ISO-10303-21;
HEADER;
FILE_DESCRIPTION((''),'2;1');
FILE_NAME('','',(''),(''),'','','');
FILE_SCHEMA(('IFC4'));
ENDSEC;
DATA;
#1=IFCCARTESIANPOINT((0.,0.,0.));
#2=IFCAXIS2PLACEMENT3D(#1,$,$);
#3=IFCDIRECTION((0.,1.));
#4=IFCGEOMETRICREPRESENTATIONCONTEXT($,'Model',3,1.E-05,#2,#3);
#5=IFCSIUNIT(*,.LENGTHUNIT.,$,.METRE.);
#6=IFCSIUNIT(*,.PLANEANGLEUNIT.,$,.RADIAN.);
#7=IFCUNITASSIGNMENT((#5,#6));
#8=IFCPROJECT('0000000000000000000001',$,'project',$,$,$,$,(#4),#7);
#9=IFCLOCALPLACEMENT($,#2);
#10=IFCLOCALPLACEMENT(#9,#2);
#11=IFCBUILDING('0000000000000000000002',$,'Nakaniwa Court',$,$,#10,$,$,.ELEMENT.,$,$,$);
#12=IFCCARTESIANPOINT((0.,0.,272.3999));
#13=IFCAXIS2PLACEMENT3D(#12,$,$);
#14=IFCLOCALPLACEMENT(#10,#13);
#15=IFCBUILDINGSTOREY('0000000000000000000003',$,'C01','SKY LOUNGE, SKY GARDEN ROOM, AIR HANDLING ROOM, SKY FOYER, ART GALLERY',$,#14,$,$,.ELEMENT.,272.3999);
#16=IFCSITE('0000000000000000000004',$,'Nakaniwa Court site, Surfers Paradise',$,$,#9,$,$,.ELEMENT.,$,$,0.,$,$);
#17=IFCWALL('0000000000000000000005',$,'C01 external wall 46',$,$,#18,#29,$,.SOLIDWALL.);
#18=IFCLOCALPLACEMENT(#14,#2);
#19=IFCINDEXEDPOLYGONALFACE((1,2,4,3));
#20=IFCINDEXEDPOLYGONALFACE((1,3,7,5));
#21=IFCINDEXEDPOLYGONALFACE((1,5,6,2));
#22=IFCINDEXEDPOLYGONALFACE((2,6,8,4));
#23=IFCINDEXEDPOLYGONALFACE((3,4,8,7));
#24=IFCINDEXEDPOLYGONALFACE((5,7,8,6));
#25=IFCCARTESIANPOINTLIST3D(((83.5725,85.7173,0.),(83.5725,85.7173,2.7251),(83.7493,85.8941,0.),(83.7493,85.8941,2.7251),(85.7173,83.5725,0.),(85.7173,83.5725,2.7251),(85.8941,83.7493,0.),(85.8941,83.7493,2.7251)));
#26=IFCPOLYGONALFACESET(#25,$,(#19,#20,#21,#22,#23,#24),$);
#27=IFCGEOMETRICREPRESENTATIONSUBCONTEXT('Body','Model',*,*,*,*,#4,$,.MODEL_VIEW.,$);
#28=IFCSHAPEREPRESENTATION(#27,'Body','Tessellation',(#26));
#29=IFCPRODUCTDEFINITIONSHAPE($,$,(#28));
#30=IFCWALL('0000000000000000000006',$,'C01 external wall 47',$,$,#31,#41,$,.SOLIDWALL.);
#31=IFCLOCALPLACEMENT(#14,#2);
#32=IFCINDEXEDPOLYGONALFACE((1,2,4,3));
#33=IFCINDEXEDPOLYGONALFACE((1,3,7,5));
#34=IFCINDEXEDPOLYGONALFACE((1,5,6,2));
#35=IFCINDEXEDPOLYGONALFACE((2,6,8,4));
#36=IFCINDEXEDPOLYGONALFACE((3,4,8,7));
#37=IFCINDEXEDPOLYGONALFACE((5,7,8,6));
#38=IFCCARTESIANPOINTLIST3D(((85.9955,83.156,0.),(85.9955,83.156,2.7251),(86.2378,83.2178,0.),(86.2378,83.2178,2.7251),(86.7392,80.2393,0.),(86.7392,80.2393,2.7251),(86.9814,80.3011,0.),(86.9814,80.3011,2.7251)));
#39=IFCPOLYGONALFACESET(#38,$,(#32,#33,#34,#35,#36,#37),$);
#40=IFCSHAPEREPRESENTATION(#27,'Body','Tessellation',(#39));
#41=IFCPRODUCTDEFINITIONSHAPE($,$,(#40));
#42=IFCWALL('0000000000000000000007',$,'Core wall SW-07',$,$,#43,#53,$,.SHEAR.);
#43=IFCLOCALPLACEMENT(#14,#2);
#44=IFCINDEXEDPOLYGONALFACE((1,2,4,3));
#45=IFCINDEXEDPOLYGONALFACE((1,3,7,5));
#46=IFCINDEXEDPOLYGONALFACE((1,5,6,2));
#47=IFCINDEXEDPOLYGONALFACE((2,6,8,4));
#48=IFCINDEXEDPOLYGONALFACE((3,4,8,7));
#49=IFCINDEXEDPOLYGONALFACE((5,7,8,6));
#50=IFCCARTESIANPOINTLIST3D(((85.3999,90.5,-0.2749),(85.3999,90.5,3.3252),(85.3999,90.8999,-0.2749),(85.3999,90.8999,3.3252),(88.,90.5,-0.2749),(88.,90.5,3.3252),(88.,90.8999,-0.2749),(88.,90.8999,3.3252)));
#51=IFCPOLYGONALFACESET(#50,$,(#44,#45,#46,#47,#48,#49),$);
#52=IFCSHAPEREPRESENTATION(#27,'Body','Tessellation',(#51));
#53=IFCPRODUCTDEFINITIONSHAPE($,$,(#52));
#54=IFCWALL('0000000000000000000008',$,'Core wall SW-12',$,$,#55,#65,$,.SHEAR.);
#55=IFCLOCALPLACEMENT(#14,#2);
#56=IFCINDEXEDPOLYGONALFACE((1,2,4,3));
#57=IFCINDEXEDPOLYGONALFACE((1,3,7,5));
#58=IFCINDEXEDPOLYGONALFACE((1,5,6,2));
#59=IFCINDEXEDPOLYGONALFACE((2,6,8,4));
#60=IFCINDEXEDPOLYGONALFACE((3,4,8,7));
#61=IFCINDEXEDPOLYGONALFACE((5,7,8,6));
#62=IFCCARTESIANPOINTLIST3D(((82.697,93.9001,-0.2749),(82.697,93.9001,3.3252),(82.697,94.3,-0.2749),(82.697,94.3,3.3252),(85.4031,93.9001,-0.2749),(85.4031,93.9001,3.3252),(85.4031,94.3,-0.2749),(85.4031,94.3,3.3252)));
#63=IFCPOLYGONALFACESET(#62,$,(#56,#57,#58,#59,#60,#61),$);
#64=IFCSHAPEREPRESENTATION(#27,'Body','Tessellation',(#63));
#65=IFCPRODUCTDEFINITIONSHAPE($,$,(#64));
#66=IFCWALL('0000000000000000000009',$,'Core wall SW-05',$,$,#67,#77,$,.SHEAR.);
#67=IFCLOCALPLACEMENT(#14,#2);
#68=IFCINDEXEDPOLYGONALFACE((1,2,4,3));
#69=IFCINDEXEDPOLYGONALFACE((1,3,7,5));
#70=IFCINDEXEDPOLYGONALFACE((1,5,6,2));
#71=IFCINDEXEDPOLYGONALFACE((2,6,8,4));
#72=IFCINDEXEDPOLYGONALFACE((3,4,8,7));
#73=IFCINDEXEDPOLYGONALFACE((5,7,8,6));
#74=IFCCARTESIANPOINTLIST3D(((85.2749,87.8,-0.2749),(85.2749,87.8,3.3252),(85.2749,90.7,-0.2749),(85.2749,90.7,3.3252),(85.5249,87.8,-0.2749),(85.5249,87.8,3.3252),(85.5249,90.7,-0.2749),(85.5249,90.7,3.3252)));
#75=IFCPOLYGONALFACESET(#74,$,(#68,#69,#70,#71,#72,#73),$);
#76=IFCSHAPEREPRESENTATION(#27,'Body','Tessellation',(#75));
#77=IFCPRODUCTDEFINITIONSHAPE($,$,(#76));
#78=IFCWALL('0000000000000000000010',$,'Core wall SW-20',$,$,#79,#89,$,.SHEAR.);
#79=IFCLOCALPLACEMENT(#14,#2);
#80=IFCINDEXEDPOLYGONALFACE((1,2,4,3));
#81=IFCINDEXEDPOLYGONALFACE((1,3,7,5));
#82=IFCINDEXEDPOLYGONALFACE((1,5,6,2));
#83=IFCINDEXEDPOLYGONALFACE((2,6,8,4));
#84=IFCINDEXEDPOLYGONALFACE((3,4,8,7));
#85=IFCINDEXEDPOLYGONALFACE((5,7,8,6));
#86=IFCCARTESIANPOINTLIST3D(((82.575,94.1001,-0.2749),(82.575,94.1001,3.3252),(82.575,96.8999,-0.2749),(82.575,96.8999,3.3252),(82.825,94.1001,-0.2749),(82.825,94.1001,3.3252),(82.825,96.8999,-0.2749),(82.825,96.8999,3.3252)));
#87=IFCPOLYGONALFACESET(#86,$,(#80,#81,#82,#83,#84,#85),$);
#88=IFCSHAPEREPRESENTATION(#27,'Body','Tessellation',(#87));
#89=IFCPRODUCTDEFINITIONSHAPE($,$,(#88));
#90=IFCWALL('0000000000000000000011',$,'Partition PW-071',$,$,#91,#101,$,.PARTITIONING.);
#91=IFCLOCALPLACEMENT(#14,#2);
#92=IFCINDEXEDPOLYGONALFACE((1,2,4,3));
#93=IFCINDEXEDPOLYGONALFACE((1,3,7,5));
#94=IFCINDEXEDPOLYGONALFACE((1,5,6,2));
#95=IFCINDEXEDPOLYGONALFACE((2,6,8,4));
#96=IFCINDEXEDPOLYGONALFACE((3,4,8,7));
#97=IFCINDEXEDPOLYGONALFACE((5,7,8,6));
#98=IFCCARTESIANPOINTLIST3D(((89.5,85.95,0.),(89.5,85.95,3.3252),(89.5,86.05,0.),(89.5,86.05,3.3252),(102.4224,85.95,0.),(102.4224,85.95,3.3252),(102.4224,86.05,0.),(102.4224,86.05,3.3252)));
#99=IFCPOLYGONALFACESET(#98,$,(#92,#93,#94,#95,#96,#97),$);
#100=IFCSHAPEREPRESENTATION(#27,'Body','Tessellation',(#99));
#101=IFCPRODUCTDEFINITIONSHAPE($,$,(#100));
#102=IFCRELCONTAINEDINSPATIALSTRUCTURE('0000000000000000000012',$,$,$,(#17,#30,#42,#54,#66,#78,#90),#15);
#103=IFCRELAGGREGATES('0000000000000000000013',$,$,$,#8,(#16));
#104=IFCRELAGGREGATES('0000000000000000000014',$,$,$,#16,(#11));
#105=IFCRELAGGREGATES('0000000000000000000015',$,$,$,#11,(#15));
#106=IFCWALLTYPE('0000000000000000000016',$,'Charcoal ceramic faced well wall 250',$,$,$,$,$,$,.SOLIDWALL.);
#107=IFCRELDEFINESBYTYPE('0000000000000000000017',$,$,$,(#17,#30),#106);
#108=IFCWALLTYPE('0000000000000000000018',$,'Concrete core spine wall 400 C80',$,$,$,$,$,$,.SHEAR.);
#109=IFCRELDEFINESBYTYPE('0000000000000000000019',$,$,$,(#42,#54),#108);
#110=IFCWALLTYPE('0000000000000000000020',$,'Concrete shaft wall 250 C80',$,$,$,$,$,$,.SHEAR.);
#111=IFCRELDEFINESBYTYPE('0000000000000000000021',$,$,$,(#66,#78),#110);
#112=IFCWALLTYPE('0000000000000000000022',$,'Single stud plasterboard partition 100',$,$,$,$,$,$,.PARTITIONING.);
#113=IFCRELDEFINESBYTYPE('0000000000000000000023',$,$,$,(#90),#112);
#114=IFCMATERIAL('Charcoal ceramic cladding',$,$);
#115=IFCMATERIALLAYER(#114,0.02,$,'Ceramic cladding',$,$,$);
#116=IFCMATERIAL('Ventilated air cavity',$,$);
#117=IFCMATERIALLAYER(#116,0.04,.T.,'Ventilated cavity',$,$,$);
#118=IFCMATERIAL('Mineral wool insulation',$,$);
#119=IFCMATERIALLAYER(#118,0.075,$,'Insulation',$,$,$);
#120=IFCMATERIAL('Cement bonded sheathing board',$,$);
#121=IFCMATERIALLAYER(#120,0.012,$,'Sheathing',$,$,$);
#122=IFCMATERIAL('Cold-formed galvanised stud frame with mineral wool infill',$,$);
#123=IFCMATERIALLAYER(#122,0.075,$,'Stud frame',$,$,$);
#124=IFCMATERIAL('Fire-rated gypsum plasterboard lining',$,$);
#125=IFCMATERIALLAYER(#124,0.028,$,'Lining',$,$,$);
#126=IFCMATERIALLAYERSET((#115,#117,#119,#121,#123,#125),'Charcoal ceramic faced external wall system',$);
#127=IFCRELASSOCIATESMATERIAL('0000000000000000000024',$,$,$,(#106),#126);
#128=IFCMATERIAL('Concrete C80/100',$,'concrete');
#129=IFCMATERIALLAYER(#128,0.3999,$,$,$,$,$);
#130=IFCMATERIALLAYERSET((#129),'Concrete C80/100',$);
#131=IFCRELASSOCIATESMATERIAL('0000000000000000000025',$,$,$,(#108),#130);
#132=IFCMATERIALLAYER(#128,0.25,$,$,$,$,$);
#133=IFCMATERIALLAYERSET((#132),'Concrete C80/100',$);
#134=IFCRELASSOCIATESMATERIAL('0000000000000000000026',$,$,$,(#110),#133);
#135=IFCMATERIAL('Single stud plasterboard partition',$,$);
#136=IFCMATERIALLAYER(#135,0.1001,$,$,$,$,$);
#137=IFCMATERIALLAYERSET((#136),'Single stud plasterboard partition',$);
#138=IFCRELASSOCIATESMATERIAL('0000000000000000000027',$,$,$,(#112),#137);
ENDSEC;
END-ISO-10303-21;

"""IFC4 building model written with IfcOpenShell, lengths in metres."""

from ifc_helpers import new_model, si_unit, direction, frame, frame_2d, origin, place, context, subcontext, project, spatial, rectangle, extrude, material, layer, layer_set, type_object, element, save


model = new_model("IFC4")

# Units and contexts
model_context = context("Model", 3, precision=1e-05, world=origin(), true_north=direction((0.0, 1.0)))
body_context = subcontext(model_context, "Body", "Model", "MODEL_VIEW")
ifc_project = project(units=[si_unit("LENGTHUNIT", "METRE"), si_unit("PLANEANGLEUNIT", "RADIAN")], contexts=[model_context])

# Site, building, storey
site_placement = place(None, origin())
site = spatial("IfcSite", under=ifc_project, at=site_placement, Name="Nakaniwa Court site, Surfers Paradise", CompositionType="ELEMENT", RefElevation=0.0)
building_placement = place(site_placement, origin())
building = spatial("IfcBuilding", under=site, at=building_placement, Name="Nakaniwa Court", CompositionType="ELEMENT")
storey_placement = place(building_placement, frame((0.0, 0.0, 272.3999)))
storey = spatial("IfcBuildingStorey", under=building, at=storey_placement, Name="C01", Description="SKY LOUNGE, SKY GARDEN ROOM, AIR HANDLING ROOM, SKY FOYER, ART GALLERY", CompositionType="ELEMENT", Elevation=272.3999)

# Shared definitions
ifc_material_1 = material(Name="Concrete C80/100", Category="concrete")

# Walls
ifc_material_2 = material(Name="Charcoal ceramic cladding")
ifc_layer_1 = layer(ifc_material_2, 0.02, Name="Ceramic cladding")
ifc_material_3 = material(Name="Ventilated air cavity")
ifc_layer_2 = layer(ifc_material_3, 0.04, ventilated=True, Name="Ventilated cavity")
ifc_material_4 = material(Name="Mineral wool insulation")
ifc_layer_3 = layer(ifc_material_4, 0.075, Name="Insulation")
ifc_material_5 = material(Name="Cement bonded sheathing board")
ifc_layer_4 = layer(ifc_material_5, 0.012, Name="Sheathing")
ifc_material_6 = material(Name="Cold-formed galvanised stud frame with mineral wool infill")
ifc_layer_5 = layer(ifc_material_6, 0.075, Name="Stud frame")
ifc_material_7 = material(Name="Fire-rated gypsum plasterboard lining")
ifc_layer_6 = layer(ifc_material_7, 0.028, Name="Lining")
ifc_layer_set_1 = layer_set([ifc_layer_1, ifc_layer_2, ifc_layer_3, ifc_layer_4, ifc_layer_5, ifc_layer_6], Name="Charcoal ceramic faced external wall system")
wall_type_1 = type_object("IfcWallType", Name="Charcoal ceramic faced well wall 250", PredefinedType="SOLIDWALL", material=ifc_layer_set_1)
wall_1_placement = place(storey_placement, frame((83.6609, 85.8057, 0.0), z_axis=(0.0, 0.0, 1.0), x_axis=(0.707107, -0.707107, 0.0)))
element("IfcWall", 1, at=wall_1_placement, inside=storey, type_object=wall_type_1, Name="C01 external wall 46", PredefinedType="SOLIDWALL", context=body_context, shape_type="SweptSolid", body=[
    extrude(rectangle(XDim=3.0332, YDim=0.25, at=frame_2d((1.5166, 0.0))), origin(), (0.0, 0.0, 1.0), 2.7251),
])
wall_2_placement = place(storey_placement, frame((86.1167, 83.1868, 0.0), z_axis=(0.0, 0.0, 1.0), x_axis=(0.247056, -0.969001, 0.0)))
element("IfcWall", 2, at=wall_2_placement, inside=storey, type_object=wall_type_1, Name="C01 external wall 47", PredefinedType="SOLIDWALL", context=body_context, shape_type="SweptSolid", body=[
    extrude(rectangle(XDim=3.01, YDim=0.25, at=frame_2d((1.5049, 0.0))), origin(), (0.0, 0.0, 1.0), 2.7251),
])
ifc_layer_7 = layer(ifc_material_1, 0.3999)
ifc_layer_set_2 = layer_set([ifc_layer_7], Name="Concrete C80/100")
wall_type_2 = type_object("IfcWallType", Name="Concrete core spine wall 400 C80", PredefinedType="SHEAR", material=ifc_layer_set_2)
wall_3_placement = place(storey_placement, frame((85.3999, 90.7, -0.2749), z_axis=(0.0, 0.0, 1.0), x_axis=(1.0, 0.0, 0.0)))
element("IfcWall", 3, at=wall_3_placement, inside=storey, type_object=wall_type_2, Name="Core wall SW-07", PredefinedType="SHEAR", context=body_context, shape_type="SweptSolid", body=[
    extrude(rectangle(XDim=2.6001, YDim=0.3999, at=frame_2d((1.3, 0.0))), origin(), (0.0, 0.0, 1.0), 3.6001),
])
wall_4_placement = place(storey_placement, frame((82.697, 94.1001, -0.2749), z_axis=(0.0, 0.0, 1.0), x_axis=(1.0, 0.0, 0.0)))
element("IfcWall", 4, at=wall_4_placement, inside=storey, type_object=wall_type_2, Name="Core wall SW-12", PredefinedType="SHEAR", context=body_context, shape_type="SweptSolid", body=[
    extrude(rectangle(XDim=2.7061, YDim=0.3999, at=frame_2d((1.353, 0.0))), origin(), (0.0, 0.0, 1.0), 3.6001),
])
ifc_layer_8 = layer(ifc_material_1, 0.25)
ifc_layer_set_3 = layer_set([ifc_layer_8], Name="Concrete C80/100")
wall_type_3 = type_object("IfcWallType", Name="Concrete shaft wall 250 C80", PredefinedType="SHEAR", material=ifc_layer_set_3)
wall_5_placement = place(storey_placement, frame((85.3999, 87.8, -0.2749), z_axis=(0.0, 0.0, 1.0), x_axis=(0.0, 1.0, 0.0)))
element("IfcWall", 5, at=wall_5_placement, inside=storey, type_object=wall_type_3, Name="Core wall SW-05", PredefinedType="SHEAR", context=body_context, shape_type="SweptSolid", body=[
    extrude(rectangle(XDim=2.8999, YDim=0.25, at=frame_2d((1.45, 0.0))), origin(), (0.0, 0.0, 1.0), 3.6001),
])
wall_6_placement = place(storey_placement, frame((82.7, 94.1001, -0.2749), z_axis=(0.0, 0.0, 1.0), x_axis=(0.0, 1.0, 0.0)))
element("IfcWall", 6, at=wall_6_placement, inside=storey, type_object=wall_type_3, Name="Core wall SW-20", PredefinedType="SHEAR", context=body_context, shape_type="SweptSolid", body=[
    extrude(rectangle(XDim=2.7998, YDim=0.25, at=frame_2d((1.3999, 0.0))), origin(), (0.0, 0.0, 1.0), 3.6001),
])
ifc_material_8 = material(Name="Single stud plasterboard partition")
ifc_layer_9 = layer(ifc_material_8, 0.1001)
ifc_layer_set_4 = layer_set([ifc_layer_9], Name="Single stud plasterboard partition")
wall_type_4 = type_object("IfcWallType", Name="Single stud plasterboard partition 100", PredefinedType="PARTITIONING", material=ifc_layer_set_4)
wall_7_placement = place(storey_placement, frame((89.5, 86.0, 0.0), z_axis=(0.0, 0.0, 1.0), x_axis=(1.0, 0.0, 0.0)))
element("IfcWall", 7, at=wall_7_placement, inside=storey, type_object=wall_type_4, Name="Partition PW-071", PredefinedType="PARTITIONING", context=body_context, shape_type="SweptSolid", body=[
    extrude(rectangle(XDim=12.9224, YDim=0.1001, at=frame_2d((6.4612, 0.0))), origin(), (0.0, 0.0, 1.0), 3.3252),
])

save(model, "model.ifc")
